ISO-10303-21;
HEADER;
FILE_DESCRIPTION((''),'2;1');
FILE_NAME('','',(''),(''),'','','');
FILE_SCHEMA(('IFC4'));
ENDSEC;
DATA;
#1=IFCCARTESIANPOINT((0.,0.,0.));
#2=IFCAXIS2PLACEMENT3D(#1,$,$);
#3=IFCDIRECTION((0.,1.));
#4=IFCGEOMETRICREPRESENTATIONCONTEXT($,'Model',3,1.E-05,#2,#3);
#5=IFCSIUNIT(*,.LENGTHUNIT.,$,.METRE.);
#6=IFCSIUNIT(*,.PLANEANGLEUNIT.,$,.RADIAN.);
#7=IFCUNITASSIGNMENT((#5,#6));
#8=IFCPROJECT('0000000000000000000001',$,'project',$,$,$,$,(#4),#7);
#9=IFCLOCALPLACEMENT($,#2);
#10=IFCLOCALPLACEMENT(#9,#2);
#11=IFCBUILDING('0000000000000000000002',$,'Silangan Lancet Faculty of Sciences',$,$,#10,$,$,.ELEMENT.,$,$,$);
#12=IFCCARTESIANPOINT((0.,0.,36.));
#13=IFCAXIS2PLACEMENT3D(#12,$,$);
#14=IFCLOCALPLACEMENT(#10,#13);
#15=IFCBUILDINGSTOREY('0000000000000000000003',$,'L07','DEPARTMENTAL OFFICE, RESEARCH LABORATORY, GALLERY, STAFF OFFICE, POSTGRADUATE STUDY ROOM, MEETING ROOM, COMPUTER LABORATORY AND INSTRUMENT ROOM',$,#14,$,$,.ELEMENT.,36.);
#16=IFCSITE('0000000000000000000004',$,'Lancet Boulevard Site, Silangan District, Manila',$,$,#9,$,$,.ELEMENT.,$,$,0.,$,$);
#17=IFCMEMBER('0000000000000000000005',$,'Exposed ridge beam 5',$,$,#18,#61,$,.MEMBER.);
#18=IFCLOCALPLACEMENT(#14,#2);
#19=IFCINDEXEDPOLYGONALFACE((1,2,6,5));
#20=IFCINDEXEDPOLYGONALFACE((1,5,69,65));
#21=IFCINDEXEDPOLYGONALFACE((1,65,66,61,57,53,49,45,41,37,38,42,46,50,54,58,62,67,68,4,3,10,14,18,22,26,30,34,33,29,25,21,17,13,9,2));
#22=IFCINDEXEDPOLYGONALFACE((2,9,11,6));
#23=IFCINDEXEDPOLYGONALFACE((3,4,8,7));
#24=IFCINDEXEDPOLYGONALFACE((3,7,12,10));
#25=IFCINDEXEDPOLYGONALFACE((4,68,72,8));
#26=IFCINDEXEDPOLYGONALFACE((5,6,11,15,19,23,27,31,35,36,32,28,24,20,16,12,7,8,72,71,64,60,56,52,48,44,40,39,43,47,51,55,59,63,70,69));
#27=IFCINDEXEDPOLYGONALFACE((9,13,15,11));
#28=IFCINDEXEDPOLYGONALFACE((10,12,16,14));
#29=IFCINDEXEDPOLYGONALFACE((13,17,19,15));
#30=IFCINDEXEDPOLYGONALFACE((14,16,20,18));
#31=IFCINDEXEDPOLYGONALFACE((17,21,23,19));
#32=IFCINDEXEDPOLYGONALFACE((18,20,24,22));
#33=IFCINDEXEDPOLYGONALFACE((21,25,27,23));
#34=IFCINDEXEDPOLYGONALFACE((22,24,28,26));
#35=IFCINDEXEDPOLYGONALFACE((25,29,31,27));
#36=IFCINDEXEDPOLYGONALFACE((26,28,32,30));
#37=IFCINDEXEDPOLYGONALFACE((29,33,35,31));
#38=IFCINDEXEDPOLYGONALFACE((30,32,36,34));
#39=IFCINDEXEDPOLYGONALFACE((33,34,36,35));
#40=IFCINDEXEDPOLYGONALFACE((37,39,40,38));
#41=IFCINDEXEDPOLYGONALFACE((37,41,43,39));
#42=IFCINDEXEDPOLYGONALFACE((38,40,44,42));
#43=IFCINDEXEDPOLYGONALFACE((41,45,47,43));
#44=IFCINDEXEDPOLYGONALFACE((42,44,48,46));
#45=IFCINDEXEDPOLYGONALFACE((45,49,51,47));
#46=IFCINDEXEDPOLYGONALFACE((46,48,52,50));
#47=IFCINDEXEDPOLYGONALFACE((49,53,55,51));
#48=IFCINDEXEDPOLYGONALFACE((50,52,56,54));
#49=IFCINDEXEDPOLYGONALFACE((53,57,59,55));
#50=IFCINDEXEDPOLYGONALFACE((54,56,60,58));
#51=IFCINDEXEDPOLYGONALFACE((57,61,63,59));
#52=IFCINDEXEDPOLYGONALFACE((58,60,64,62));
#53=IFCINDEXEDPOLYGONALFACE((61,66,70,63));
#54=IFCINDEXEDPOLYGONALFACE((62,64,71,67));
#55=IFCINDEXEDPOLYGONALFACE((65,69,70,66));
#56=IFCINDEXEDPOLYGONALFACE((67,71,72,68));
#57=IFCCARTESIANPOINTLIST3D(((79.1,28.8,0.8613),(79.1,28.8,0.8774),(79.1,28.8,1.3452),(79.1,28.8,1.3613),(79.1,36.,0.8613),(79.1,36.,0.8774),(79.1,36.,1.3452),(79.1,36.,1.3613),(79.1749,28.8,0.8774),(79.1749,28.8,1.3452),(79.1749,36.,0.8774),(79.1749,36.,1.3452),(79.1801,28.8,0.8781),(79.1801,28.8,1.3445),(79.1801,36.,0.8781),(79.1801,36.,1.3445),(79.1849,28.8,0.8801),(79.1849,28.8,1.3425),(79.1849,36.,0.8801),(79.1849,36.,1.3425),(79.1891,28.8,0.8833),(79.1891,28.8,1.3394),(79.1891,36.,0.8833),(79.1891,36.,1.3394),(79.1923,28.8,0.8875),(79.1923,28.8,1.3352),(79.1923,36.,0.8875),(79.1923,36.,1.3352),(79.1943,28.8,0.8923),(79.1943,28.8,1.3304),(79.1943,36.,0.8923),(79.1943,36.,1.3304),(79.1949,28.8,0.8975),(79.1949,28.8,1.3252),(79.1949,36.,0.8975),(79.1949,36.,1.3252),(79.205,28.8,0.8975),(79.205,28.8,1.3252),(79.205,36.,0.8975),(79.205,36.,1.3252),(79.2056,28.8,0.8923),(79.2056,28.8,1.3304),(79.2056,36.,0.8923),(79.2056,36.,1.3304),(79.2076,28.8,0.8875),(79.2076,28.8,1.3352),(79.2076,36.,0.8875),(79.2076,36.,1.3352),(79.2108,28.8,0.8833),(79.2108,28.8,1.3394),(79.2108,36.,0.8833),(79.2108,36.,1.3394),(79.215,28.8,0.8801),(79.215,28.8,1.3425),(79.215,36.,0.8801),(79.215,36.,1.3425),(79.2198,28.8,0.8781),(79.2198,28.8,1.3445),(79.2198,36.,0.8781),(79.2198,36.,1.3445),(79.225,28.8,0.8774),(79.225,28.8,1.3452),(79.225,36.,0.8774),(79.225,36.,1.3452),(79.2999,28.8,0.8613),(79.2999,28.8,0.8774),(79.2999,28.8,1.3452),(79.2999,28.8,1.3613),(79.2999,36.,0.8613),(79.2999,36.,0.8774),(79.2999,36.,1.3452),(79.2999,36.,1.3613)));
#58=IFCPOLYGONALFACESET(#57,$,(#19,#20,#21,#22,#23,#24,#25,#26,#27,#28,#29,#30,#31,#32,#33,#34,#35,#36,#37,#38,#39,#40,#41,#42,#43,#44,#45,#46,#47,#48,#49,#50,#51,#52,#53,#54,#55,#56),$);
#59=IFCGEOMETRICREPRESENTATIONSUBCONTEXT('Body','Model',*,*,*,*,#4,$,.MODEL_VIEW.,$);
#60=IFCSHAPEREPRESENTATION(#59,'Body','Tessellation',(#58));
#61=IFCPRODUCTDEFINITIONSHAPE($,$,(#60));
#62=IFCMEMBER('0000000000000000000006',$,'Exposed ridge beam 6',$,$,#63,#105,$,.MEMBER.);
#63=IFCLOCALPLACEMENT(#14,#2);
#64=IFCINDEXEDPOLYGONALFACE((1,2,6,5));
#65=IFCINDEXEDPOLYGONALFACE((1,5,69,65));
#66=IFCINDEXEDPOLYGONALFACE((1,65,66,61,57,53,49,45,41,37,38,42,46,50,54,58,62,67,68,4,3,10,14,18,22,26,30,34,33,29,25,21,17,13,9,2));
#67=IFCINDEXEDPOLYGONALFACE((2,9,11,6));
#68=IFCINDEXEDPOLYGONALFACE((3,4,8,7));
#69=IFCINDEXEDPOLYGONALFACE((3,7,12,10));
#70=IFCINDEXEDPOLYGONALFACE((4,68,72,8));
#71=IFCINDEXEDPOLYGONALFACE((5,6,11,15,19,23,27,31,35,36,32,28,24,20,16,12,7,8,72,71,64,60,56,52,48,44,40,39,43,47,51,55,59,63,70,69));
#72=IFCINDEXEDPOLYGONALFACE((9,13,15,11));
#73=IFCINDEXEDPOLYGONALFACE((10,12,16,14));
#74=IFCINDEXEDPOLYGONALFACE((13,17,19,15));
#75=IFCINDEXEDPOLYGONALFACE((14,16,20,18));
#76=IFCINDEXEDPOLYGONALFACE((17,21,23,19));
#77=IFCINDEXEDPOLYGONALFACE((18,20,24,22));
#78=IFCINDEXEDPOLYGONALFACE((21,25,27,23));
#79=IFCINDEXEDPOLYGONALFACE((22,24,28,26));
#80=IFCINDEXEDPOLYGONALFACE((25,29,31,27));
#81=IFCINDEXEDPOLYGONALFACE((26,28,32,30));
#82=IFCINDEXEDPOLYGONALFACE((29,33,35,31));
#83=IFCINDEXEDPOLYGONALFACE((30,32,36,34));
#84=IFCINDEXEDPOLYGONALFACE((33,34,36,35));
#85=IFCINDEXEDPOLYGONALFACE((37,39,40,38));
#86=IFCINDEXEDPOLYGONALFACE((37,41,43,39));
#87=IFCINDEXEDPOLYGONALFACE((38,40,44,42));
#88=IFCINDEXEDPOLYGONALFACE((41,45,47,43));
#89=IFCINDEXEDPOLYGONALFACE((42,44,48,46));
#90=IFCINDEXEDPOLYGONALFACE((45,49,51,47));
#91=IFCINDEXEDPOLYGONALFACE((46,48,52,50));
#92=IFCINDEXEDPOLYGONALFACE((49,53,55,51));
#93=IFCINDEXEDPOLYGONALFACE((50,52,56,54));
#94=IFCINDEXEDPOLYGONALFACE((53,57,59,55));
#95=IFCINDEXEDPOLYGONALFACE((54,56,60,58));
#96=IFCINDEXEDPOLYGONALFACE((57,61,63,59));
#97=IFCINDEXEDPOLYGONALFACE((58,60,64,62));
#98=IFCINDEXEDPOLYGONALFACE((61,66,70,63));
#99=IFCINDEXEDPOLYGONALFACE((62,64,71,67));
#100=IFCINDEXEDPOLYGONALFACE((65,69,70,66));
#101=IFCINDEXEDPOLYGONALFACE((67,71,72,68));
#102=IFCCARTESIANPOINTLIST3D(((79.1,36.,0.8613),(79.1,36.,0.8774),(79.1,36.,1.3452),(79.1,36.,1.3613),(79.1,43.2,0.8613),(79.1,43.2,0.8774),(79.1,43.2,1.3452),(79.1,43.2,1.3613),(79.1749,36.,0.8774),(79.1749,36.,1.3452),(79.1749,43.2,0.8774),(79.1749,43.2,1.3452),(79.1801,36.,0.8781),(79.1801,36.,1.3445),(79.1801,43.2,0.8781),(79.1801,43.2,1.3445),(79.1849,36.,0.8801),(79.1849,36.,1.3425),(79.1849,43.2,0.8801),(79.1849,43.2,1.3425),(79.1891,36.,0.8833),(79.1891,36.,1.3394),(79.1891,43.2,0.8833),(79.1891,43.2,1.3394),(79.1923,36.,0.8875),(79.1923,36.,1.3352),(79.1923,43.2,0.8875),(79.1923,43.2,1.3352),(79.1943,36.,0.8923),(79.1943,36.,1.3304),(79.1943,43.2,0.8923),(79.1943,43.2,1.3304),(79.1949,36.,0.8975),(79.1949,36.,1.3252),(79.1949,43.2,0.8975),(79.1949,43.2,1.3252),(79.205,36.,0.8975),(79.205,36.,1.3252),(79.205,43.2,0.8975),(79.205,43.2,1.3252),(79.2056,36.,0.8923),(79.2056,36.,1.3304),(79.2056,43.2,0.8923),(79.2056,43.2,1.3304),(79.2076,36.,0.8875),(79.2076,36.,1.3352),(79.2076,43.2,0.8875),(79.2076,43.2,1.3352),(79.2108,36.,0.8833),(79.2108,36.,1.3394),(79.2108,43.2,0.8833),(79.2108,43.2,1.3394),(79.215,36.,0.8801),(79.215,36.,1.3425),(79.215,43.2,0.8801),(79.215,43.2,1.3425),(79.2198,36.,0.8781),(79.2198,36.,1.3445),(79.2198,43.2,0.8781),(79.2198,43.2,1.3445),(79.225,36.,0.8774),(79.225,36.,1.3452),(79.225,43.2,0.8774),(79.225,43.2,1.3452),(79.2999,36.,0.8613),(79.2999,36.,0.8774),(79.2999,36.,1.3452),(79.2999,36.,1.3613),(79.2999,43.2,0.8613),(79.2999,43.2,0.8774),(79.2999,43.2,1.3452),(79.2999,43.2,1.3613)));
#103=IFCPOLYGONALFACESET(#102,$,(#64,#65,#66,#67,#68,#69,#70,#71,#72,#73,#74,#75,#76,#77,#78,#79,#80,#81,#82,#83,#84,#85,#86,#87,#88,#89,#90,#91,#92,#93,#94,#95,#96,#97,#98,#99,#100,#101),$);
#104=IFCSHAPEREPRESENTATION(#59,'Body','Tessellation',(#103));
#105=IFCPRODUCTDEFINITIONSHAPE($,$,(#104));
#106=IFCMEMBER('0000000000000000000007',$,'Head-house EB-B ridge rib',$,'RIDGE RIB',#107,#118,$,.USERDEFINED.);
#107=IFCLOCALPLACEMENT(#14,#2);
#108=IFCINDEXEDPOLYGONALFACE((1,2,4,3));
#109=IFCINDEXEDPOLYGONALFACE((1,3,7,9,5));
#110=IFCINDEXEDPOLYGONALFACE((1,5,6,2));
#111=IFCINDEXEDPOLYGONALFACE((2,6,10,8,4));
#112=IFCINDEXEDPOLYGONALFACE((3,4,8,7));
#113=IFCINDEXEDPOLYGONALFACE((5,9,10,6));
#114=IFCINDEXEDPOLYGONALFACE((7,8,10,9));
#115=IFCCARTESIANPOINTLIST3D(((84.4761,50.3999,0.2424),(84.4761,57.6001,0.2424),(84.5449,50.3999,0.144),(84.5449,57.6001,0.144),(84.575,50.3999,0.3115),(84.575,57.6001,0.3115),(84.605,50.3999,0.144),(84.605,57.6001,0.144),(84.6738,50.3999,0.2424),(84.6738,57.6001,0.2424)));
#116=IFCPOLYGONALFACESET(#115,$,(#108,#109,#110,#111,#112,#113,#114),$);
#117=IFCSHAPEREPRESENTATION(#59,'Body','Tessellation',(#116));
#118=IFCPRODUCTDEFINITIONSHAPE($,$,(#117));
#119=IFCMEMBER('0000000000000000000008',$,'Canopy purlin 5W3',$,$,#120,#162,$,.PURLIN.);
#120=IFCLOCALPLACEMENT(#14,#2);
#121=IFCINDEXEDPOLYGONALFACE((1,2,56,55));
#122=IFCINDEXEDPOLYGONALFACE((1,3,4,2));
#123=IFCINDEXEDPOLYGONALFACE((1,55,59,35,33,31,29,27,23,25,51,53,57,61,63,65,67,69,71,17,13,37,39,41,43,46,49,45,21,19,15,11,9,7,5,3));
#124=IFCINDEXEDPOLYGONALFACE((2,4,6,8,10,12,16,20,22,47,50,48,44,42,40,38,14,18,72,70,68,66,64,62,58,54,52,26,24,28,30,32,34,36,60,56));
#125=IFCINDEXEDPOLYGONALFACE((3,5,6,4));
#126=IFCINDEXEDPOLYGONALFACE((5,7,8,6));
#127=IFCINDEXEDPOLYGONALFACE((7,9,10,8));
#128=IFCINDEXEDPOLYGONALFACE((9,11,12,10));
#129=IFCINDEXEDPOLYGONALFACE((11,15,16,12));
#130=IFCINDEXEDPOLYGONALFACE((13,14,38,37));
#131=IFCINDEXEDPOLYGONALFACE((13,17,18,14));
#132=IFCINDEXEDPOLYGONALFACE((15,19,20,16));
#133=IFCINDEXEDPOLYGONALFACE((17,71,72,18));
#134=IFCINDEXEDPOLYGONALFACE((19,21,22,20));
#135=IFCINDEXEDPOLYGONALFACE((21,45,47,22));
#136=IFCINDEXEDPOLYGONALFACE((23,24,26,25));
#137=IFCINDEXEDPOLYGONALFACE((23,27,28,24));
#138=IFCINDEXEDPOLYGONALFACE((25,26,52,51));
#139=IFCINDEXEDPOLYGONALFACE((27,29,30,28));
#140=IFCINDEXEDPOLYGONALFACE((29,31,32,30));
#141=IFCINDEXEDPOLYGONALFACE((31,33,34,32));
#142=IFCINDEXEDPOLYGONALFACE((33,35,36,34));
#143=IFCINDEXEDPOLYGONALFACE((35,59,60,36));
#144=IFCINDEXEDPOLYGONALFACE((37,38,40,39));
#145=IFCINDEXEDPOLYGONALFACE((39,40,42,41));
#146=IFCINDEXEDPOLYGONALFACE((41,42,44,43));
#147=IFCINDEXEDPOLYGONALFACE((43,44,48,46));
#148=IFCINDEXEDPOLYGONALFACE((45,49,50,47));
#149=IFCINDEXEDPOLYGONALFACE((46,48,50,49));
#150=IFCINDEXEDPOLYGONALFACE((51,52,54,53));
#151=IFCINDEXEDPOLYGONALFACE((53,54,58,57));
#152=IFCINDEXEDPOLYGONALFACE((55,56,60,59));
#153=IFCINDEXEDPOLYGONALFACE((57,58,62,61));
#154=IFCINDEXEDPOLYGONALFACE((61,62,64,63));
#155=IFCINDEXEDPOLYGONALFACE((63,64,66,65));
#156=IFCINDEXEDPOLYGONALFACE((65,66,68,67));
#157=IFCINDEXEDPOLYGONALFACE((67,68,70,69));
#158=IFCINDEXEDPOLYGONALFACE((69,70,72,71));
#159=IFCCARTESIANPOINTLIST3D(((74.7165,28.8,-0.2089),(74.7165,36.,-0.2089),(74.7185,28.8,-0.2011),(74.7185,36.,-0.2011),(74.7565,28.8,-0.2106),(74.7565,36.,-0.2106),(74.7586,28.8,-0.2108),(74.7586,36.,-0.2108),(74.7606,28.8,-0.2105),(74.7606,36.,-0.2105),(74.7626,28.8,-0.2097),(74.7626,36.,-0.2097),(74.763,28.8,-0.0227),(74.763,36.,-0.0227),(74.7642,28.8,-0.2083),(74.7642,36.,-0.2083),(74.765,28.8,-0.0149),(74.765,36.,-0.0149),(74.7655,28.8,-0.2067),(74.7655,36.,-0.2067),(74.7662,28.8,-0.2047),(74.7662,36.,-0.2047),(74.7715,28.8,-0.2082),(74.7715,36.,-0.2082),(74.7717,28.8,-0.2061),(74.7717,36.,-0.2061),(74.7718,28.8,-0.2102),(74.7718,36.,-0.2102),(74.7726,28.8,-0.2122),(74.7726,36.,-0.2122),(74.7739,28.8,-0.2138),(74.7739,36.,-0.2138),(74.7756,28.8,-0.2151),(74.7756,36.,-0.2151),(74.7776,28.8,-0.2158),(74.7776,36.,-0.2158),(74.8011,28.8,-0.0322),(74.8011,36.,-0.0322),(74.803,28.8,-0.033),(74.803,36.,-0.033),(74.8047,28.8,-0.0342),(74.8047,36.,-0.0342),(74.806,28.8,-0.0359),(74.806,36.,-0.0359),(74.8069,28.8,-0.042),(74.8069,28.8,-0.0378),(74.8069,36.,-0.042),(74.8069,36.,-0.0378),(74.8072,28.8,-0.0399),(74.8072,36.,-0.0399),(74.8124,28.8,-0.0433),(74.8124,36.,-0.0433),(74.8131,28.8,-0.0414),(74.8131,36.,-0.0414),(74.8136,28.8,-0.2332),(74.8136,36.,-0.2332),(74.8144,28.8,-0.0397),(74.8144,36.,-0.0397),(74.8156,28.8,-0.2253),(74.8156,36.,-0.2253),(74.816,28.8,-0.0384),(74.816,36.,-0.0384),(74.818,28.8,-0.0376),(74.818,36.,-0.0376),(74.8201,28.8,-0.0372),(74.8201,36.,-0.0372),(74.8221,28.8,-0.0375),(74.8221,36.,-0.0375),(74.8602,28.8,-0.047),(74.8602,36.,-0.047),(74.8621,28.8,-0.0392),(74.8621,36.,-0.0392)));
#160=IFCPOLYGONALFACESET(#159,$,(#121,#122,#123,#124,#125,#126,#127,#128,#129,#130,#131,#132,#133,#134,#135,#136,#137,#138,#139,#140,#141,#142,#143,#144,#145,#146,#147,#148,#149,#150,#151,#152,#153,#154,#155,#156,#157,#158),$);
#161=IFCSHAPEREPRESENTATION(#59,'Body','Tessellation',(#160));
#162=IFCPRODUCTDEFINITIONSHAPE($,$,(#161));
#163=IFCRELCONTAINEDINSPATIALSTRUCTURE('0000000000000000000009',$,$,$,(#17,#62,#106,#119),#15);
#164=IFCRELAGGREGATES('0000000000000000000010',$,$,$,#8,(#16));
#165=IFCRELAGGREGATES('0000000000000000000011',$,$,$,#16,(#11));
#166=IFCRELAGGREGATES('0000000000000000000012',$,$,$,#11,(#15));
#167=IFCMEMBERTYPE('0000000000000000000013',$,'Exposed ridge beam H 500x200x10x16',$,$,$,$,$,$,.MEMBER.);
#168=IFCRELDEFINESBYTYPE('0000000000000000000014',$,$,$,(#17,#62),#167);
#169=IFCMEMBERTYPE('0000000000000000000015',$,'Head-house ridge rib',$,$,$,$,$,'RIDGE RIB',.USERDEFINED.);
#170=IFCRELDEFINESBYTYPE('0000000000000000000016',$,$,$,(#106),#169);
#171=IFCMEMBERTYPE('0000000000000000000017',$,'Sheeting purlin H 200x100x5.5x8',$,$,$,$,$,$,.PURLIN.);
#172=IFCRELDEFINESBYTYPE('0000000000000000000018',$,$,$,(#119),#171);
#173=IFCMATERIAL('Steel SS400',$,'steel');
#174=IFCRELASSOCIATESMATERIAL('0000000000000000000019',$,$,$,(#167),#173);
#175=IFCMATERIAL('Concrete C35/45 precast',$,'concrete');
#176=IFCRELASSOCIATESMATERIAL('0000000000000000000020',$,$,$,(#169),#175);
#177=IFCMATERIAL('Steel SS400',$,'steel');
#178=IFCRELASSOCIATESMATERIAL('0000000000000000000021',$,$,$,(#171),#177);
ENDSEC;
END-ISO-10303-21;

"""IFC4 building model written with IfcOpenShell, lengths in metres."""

from ifc_helpers import new_model, si_unit, direction, frame, origin, origin_2d, place, context, subcontext, project, spatial, polyline, i_section, outline, extrude, material, material_profile, profile_set, type_object, element, save


model = new_model("IFC4")

# Units and contexts
model_context = context("Model", 3, precision=1e-05, world=origin(), true_north=direction((0.0, 1.0)))
body_context = subcontext(model_context, "Body", "Model", "MODEL_VIEW")
ifc_project = project(units=[si_unit("LENGTHUNIT", "METRE"), si_unit("PLANEANGLEUNIT", "RADIAN")], contexts=[model_context])

# Site, building, storey
site_placement = place(None, origin())
site = spatial("IfcSite", under=ifc_project, at=site_placement, Name="Lancet Boulevard Site, Silangan District, Manila", CompositionType="ELEMENT", RefElevation=0.0)
building_placement = place(site_placement, origin())
building = spatial("IfcBuilding", under=site, at=building_placement, Name="Silangan Lancet Faculty of Sciences", CompositionType="ELEMENT")
storey_placement = place(building_placement, frame((0.0, 0.0, 36.0)))
storey = spatial("IfcBuildingStorey", under=building, at=storey_placement, Name="L07", Description="DEPARTMENTAL OFFICE, RESEARCH LABORATORY, GALLERY, STAFF OFFICE, POSTGRADUATE STUDY ROOM, MEETING ROOM, COMPUTER LABORATORY AND INSTRUMENT ROOM", CompositionType="ELEMENT", Elevation=36.0)

# Members
ifc_material_1 = material(Name="Steel SS400", Category="steel")
ifc_material_profile_1 = material_profile(ifc_material_1, i_section(OverallWidth=0.2, OverallDepth=0.5, WebThickness=0.01, FlangeThickness=0.0161, FilletRadius=0.02, at=origin_2d()), Name="H 500x200x10x16")
ifc_profile_set_1 = profile_set([ifc_material_profile_1], Name="Steel SS400")
member_type_1 = type_object("IfcMemberType", Name="Exposed ridge beam H 500x200x10x16", PredefinedType="MEMBER", material=ifc_profile_set_1)
for number, where, z_axis, x_axis, name in (
    (1, (79.2, 28.8, 1.1113), (0.0, 1.0, 0.0), (-1.0, 0.0, 0.0), "Exposed ridge beam 5"),
    (2, (79.2, 36.0, 1.1113), (0.0, 1.0, 0.0), (-1.0, 0.0, 0.0), "Exposed ridge beam 6"),
):
    element("IfcMember", number, at=place(storey_placement, frame(where, z_axis=z_axis, x_axis=x_axis)), inside=storey, type_object=member_type_1, Name=name, PredefinedType="MEMBER", context=body_context, shape_type="SweptSolid", body=[
        extrude(i_section(OverallWidth=0.2, OverallDepth=0.5, WebThickness=0.01, FlangeThickness=0.0161, FilletRadius=0.02, at=origin_2d()), origin(), (0.0, 0.0, 1.0), 7.2),
    ])
ifc_material_2 = material(Name="Concrete C35/45 precast", Category="concrete")
ifc_material_profile_2 = material_profile(ifc_material_2, outline(polyline([(0.0, 0.0), (0.0989, -0.0691), (0.03, -0.1675), (-0.03, -0.1675), (-0.0989, -0.0691), (0.0, 0.0)])), Name="ridge rib")
ifc_profile_set_2 = profile_set([ifc_material_profile_2], Name="Concrete C35/45 precast")
member_type_2 = type_object("IfcMemberType", Name="Head-house ridge rib", ElementType="RIDGE RIB", PredefinedType="USERDEFINED", material=ifc_profile_set_2)
member_1_placement = place(storey_placement, frame((84.575, 50.3999, 0.3115), z_axis=(0.0, 1.0, 0.0), x_axis=(-1.0, 0.0, 0.0)))
element("IfcMember", 3, at=member_1_placement, inside=storey, type_object=member_type_2, Name="Head-house EB-B ridge rib", ObjectType="RIDGE RIB", PredefinedType="USERDEFINED", context=body_context, shape_type="SweptSolid", body=[
    extrude(outline(polyline([(0.0, 0.0), (0.0989, -0.0691), (0.03, -0.1675), (-0.03, -0.1675), (-0.0989, -0.0691), (0.0, 0.0)])), origin(), (0.0, 0.0, 1.0), 7.2002),
])
ifc_material_3 = material(Name="Steel SS400", Category="steel")
ifc_material_profile_3 = material_profile(ifc_material_3, i_section(OverallWidth=0.1001, OverallDepth=0.2, WebThickness=0.0056, FlangeThickness=0.0081, FilletRadius=0.0081, at=origin_2d()), Name="H 200x100x5.5x8")
ifc_profile_set_3 = profile_set([ifc_material_profile_3], Name="Steel SS400")
member_type_3 = type_object("IfcMemberType", Name="Sheeting purlin H 200x100x5.5x8", PredefinedType="PURLIN", material=ifc_profile_set_3)
for number, where, z_axis, x_axis, name in (
    (4, (74.7893, 28.8, -0.124), (0.0, 1.0, 0.0), (-0.970143, 0.0, 0.242536), "Canopy purlin 5W3"),
):
    element("IfcMember", number, at=place(storey_placement, frame(where, z_axis=z_axis, x_axis=x_axis)), inside=storey, type_object=member_type_3, Name=name, PredefinedType="PURLIN", context=body_context, shape_type="SweptSolid", body=[
        extrude(i_section(OverallWidth=0.1001, OverallDepth=0.2, WebThickness=0.0056, FlangeThickness=0.0081, FilletRadius=0.0081, at=origin_2d()), origin(), (0.0, 0.0, 1.0), 7.2),
    ])

save(model, "model.ifc")
